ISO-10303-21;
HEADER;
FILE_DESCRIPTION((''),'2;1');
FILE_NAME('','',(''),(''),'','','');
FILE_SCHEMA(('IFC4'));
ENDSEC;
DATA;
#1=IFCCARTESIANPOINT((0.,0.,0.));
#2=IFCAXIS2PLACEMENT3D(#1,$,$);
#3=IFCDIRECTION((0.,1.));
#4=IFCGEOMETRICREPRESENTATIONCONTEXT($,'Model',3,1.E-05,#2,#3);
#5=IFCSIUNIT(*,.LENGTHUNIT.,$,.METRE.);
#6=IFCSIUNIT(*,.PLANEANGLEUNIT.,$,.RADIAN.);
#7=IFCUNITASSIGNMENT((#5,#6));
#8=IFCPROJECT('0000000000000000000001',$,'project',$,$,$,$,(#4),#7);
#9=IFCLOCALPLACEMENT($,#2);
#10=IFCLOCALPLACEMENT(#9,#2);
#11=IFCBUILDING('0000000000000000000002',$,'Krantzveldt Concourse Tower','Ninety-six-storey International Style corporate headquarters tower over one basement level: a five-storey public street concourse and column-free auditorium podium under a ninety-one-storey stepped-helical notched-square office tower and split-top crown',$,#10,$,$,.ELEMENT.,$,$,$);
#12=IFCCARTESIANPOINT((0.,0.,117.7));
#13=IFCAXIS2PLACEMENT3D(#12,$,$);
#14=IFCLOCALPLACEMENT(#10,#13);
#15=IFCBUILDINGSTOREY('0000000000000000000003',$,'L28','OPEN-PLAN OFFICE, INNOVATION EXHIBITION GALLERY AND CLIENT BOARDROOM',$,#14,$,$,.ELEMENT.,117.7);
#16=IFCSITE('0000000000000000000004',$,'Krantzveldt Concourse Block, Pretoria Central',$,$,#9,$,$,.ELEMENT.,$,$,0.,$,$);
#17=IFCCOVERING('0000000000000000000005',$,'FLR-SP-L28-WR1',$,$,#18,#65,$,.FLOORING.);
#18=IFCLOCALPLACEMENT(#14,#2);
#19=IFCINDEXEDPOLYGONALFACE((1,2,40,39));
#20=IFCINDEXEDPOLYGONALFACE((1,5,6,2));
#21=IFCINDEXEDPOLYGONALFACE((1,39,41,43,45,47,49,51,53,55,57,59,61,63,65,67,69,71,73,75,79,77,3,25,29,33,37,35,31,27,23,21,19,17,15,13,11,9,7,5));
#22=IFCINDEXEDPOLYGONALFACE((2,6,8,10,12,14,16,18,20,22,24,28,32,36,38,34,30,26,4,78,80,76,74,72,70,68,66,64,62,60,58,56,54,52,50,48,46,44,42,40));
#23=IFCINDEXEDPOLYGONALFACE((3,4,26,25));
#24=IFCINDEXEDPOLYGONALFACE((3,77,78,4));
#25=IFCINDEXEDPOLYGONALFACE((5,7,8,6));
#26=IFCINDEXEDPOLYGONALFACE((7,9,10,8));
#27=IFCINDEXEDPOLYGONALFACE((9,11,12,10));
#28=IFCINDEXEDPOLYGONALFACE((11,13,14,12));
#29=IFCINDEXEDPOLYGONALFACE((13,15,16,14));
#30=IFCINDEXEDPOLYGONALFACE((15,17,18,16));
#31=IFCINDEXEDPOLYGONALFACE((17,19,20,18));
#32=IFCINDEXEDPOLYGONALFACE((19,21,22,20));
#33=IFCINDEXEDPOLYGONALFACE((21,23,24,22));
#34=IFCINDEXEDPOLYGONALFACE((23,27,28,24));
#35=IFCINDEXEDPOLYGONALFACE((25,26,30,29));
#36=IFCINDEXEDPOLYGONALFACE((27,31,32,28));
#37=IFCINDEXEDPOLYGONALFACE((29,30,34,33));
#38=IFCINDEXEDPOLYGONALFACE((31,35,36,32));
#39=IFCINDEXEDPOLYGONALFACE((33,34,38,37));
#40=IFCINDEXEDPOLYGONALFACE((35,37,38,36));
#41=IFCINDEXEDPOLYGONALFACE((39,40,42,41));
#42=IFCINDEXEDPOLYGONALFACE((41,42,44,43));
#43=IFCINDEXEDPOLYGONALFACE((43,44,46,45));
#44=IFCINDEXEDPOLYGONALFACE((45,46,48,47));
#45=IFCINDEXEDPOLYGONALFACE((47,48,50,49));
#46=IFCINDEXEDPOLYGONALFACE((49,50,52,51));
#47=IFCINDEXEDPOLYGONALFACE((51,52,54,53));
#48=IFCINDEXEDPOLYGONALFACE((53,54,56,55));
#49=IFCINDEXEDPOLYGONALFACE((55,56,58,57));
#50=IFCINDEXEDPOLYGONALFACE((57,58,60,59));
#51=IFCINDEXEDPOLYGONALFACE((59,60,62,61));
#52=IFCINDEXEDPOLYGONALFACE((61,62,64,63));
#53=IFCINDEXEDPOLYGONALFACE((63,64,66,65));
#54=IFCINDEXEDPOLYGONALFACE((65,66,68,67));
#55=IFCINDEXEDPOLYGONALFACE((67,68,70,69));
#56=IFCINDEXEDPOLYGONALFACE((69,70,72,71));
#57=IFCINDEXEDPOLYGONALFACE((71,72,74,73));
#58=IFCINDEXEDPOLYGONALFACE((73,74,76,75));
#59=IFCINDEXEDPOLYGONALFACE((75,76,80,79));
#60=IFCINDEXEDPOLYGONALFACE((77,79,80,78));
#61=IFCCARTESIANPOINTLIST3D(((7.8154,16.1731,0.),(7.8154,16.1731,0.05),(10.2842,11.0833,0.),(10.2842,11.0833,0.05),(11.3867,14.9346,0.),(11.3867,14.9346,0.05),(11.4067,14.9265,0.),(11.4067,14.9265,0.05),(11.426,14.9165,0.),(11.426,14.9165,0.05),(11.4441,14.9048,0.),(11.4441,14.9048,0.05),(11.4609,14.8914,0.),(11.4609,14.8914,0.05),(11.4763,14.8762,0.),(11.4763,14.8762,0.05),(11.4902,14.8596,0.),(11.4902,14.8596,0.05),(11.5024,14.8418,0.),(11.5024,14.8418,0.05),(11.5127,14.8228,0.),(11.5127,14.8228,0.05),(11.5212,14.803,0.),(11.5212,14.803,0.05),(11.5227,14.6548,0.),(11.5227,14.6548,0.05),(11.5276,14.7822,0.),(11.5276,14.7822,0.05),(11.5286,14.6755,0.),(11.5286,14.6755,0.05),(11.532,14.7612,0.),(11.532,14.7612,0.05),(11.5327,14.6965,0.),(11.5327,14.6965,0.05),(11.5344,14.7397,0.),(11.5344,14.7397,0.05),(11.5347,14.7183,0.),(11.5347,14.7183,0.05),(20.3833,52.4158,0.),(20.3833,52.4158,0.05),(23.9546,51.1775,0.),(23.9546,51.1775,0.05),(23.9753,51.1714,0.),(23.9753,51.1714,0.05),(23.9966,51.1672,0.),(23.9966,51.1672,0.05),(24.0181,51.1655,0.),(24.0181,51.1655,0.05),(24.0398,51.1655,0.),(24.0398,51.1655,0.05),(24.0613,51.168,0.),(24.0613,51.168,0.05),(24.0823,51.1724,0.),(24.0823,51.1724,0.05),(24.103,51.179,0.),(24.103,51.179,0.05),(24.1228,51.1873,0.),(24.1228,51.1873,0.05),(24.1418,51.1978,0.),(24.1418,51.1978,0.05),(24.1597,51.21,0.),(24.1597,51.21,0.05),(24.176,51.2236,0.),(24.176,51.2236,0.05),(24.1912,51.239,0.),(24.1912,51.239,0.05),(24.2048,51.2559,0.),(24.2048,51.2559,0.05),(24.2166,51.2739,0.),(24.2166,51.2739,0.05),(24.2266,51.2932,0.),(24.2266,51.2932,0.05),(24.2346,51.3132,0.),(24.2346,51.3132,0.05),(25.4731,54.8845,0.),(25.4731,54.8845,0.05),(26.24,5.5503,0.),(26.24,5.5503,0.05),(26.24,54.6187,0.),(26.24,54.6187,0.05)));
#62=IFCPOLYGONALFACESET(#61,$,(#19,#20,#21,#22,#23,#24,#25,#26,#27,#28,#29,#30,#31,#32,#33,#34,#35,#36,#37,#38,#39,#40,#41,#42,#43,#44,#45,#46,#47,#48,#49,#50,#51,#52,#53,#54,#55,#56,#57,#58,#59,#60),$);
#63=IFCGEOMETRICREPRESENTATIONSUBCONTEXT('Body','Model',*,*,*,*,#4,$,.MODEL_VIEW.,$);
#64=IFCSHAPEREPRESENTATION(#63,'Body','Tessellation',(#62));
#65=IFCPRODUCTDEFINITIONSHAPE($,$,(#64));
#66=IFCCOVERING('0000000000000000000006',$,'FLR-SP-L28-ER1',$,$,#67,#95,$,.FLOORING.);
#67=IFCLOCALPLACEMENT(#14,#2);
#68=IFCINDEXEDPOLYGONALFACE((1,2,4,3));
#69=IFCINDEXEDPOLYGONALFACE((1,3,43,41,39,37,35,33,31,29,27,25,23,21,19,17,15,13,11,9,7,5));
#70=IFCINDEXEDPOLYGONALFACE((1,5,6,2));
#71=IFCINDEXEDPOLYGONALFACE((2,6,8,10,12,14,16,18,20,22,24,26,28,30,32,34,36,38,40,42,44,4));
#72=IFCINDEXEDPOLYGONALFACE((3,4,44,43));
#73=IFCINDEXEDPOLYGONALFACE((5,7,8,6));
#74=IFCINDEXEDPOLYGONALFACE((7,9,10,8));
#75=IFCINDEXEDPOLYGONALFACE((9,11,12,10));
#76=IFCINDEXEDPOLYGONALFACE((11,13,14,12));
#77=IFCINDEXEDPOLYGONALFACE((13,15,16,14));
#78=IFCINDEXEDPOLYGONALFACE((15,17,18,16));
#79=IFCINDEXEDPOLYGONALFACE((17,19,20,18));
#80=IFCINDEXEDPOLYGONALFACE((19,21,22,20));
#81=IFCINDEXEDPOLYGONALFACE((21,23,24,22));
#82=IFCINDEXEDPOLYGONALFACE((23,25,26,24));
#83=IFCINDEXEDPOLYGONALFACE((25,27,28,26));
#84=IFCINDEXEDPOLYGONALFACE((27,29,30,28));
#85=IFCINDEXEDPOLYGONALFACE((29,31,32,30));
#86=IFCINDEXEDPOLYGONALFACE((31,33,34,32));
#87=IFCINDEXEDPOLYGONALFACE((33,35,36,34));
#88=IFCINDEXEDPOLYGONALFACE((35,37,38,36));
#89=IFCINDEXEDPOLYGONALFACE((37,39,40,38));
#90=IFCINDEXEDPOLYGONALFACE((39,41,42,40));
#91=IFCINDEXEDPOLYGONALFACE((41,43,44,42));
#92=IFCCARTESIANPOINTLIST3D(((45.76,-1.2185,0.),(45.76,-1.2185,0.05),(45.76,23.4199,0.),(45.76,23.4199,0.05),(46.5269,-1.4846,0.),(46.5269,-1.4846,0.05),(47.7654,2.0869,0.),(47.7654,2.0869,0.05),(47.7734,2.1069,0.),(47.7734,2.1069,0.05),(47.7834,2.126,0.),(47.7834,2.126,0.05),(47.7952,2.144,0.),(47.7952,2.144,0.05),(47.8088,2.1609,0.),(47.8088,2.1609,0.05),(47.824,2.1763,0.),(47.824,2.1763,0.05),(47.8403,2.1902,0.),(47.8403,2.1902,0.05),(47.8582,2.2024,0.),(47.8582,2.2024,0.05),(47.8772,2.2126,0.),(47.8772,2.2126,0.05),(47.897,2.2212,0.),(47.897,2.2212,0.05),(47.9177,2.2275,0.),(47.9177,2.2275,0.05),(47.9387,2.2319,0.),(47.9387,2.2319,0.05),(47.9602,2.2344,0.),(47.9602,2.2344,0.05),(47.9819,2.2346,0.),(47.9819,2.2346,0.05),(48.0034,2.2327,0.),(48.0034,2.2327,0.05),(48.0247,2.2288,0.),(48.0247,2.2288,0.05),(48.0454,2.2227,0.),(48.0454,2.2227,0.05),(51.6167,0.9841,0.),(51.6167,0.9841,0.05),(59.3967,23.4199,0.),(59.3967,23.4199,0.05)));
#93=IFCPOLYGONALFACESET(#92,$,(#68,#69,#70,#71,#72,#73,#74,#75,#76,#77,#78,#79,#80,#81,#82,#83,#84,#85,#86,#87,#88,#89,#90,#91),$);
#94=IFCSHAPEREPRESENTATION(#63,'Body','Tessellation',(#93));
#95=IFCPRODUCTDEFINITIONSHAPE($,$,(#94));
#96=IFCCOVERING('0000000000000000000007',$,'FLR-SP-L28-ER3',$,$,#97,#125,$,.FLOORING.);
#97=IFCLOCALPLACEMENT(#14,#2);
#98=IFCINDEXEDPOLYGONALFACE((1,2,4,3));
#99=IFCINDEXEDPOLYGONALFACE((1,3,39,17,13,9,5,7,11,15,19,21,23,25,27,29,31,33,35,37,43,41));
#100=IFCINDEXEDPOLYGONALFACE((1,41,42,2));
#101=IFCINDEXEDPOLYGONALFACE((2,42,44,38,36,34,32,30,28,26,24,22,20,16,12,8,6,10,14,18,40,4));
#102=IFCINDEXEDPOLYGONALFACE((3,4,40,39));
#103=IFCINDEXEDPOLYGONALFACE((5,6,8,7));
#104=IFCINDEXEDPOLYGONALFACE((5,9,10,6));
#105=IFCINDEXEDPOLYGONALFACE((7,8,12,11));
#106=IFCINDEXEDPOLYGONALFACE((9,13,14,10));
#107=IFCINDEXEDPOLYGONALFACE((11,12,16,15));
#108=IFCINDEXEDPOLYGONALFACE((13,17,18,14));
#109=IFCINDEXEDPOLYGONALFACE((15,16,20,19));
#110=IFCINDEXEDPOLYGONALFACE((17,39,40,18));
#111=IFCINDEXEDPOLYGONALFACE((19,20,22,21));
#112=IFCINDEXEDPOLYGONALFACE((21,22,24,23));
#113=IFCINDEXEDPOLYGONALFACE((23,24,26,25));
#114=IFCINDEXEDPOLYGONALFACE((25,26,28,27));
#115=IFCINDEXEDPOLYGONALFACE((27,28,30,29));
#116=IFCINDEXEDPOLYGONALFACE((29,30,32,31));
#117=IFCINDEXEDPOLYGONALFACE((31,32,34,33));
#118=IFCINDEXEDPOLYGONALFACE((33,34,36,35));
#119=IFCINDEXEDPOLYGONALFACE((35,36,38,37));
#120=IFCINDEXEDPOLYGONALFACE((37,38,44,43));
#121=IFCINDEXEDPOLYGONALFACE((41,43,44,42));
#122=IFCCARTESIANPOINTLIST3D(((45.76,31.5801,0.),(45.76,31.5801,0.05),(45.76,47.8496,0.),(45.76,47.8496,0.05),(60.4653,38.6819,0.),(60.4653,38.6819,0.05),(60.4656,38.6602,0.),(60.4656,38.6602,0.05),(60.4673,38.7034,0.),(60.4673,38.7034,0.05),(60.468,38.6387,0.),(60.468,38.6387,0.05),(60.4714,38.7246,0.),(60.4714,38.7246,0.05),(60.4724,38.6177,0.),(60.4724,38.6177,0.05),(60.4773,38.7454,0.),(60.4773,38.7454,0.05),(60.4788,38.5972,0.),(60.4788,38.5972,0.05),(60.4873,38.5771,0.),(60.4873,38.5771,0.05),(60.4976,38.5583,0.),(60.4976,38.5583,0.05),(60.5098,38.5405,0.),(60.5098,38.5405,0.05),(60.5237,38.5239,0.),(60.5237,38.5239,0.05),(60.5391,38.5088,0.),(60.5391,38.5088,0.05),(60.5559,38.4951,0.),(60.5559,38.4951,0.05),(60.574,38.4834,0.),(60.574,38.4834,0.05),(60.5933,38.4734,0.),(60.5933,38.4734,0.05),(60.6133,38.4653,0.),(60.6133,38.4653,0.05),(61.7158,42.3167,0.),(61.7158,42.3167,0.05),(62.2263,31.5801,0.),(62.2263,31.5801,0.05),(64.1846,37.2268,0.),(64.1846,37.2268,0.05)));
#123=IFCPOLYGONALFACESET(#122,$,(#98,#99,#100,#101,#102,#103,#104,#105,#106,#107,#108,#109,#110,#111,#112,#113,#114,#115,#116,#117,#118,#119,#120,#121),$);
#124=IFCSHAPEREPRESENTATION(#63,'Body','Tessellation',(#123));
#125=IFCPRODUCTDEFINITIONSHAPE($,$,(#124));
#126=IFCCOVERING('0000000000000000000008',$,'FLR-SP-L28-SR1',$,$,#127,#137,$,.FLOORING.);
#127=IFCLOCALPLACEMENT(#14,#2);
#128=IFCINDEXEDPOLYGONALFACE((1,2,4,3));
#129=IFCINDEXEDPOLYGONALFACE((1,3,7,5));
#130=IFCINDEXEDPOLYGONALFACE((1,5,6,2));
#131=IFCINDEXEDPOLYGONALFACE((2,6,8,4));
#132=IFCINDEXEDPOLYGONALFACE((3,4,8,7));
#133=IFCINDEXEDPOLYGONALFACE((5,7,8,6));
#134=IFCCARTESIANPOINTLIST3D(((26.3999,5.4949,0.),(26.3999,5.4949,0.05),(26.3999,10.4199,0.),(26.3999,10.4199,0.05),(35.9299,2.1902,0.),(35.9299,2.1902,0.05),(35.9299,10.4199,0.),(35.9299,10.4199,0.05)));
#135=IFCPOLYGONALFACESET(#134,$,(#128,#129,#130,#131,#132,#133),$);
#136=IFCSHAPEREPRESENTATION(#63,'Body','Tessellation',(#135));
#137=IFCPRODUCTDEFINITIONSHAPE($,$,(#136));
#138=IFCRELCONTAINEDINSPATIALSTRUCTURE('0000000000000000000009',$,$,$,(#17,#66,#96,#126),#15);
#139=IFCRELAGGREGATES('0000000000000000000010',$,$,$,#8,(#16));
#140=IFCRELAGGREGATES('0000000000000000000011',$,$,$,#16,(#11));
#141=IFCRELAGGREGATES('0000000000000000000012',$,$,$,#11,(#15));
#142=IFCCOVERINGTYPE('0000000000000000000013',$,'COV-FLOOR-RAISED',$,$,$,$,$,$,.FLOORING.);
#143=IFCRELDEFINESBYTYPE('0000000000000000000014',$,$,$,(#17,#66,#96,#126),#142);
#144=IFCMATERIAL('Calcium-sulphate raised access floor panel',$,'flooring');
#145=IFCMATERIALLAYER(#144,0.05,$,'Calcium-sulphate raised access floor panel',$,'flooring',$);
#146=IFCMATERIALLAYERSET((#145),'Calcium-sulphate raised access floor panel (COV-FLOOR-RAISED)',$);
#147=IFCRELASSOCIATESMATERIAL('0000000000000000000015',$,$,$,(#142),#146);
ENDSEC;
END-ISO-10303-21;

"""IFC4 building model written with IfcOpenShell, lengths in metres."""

from ifc_helpers import new_model, si_unit, direction, frame, origin, place, context, subcontext, project, spatial, polyline, outline, extrude, material, layer, layer_set, type_object, element, save


model = new_model("IFC4")

# Units and contexts
model_context = context("Model", 3, precision=1e-05, world=origin(), true_north=direction((0.0, 1.0)))
body_context = subcontext(model_context, "Body", "Model", "MODEL_VIEW")
ifc_project = project(units=[si_unit("LENGTHUNIT", "METRE"), si_unit("PLANEANGLEUNIT", "RADIAN")], contexts=[model_context])

# Site, building, storey
site_placement = place(None, origin())
site = spatial("IfcSite", under=ifc_project, at=site_placement, Name="Krantzveldt Concourse Block, Pretoria Central", CompositionType="ELEMENT", RefElevation=0.0)
building_placement = place(site_placement, origin())
building = spatial("IfcBuilding", under=site, at=building_placement, Name="Krantzveldt Concourse Tower", Description="Ninety-six-storey International Style corporate headquarters tower over one basement level: a five-storey public street concourse and column-free auditorium podium under a ninety-one-storey stepped-helical notched-square office tower and split-top crown", CompositionType="ELEMENT")
storey_placement = place(building_placement, frame((0.0, 0.0, 117.7)))
storey = spatial("IfcBuildingStorey", under=building, at=storey_placement, Name="L28", Description="OPEN-PLAN OFFICE, INNOVATION EXHIBITION GALLERY AND CLIENT BOARDROOM", CompositionType="ELEMENT", Elevation=117.7)

# Coverings
ifc_material_1 = material(Name="Calcium-sulphate raised access floor panel", Category="flooring")
ifc_layer_1 = layer(ifc_material_1, 0.05, Name="Calcium-sulphate raised access floor panel", Category="flooring")
ifc_layer_set_1 = layer_set([ifc_layer_1], Name="Calcium-sulphate raised access floor panel (COV-FLOOR-RAISED)")
covering_type = type_object("IfcCoveringType", Name="COV-FLOOR-RAISED", PredefinedType="FLOORING", material=ifc_layer_set_1)
covering_1_placement = place(storey_placement, origin())
element("IfcCovering", 1, at=covering_1_placement, inside=storey, type_object=covering_type, Name="FLR-SP-L28-WR1", PredefinedType="FLOORING", context=body_context, shape_type="SweptSolid", body=[
    extrude(outline(polyline([(10.2842, 11.0833), (11.5227, 14.6548), (11.5286, 14.6755), (11.5327, 14.6965), (11.5347, 14.7183), (11.5344, 14.7397), (11.532, 14.7612), (11.5276, 14.7822), (11.5212, 14.803), (11.5127, 14.8228), (11.5024, 14.8418), (11.4902, 14.8596), (11.4763, 14.8762), (11.4609, 14.8914), (11.4441, 14.9048), (11.426, 14.9165), (11.4067, 14.9265), (11.3867, 14.9346), (7.8154, 16.1731), (20.3833, 52.4158), (23.9546, 51.1775), (23.9753, 51.1714), (23.9966, 51.1672), (24.0181, 51.1655), (24.0398, 51.1655), (24.0613, 51.168), (24.0823, 51.1724), (24.103, 51.179), (24.1228, 51.1873), (24.1418, 51.1978), (24.1597, 51.21), (24.176, 51.2236), (24.1912, 51.239), (24.2048, 51.2559), (24.2166, 51.2739), (24.2266, 51.2932), (24.2346, 51.3132), (25.4731, 54.8845), (26.24, 54.6187), (26.24, 5.5503), (10.2842, 11.0833)])), origin(), (0.0, 0.0, 1.0), 0.05),
])
covering_2_placement = place(storey_placement, origin())
element("IfcCovering", 2, at=covering_2_placement, inside=storey, type_object=covering_type, Name="FLR-SP-L28-ER1", PredefinedType="FLOORING", context=body_context, shape_type="SweptSolid", body=[
    extrude(outline(polyline([(59.3967, 23.4199), (51.6167, 0.9841), (48.0454, 2.2227), (48.0247, 2.2288), (48.0034, 2.2327), (47.9819, 2.2346), (47.9602, 2.2344), (47.9387, 2.2319), (47.9177, 2.2275), (47.897, 2.2212), (47.8772, 2.2126), (47.8582, 2.2024), (47.8403, 2.1902), (47.824, 2.1763), (47.8088, 2.1609), (47.7952, 2.144), (47.7834, 2.126), (47.7734, 2.1069), (47.7654, 2.0869), (46.5269, -1.4846), (45.76, -1.2185), (45.76, 23.4199), (59.3967, 23.4199)])), origin(), (0.0, 0.0, 1.0), 0.05),
])
covering_3_placement = place(storey_placement, origin())
element("IfcCovering", 3, at=covering_3_placement, inside=storey, type_object=covering_type, Name="FLR-SP-L28-ER3", PredefinedType="FLOORING", context=body_context, shape_type="SweptSolid", body=[
    extrude(outline(polyline([(45.76, 47.8496), (61.7158, 42.3167), (60.4773, 38.7454), (60.4714, 38.7246), (60.4673, 38.7034), (60.4653, 38.6819), (60.4656, 38.6602), (60.468, 38.6387), (60.4724, 38.6177), (60.4788, 38.5972), (60.4873, 38.5771), (60.4976, 38.5583), (60.5098, 38.5405), (60.5237, 38.5239), (60.5391, 38.5088), (60.5559, 38.4951), (60.574, 38.4834), (60.5933, 38.4734), (60.6133, 38.4653), (64.1846, 37.2268), (62.2263, 31.5801), (45.76, 31.5801), (45.76, 47.8496)])), origin(), (0.0, 0.0, 1.0), 0.05),
])
covering_4_placement = place(storey_placement, origin())
element("IfcCovering", 4, at=covering_4_placement, inside=storey, type_object=covering_type, Name="FLR-SP-L28-SR1", PredefinedType="FLOORING", context=body_context, shape_type="SweptSolid", body=[
    extrude(outline(polyline([(35.9299, 2.1902), (26.3999, 5.4949), (26.3999, 10.4199), (35.9299, 10.4199), (35.9299, 2.1902)])), origin(), (0.0, 0.0, 1.0), 0.05),
])

save(model, "model.ifc")
